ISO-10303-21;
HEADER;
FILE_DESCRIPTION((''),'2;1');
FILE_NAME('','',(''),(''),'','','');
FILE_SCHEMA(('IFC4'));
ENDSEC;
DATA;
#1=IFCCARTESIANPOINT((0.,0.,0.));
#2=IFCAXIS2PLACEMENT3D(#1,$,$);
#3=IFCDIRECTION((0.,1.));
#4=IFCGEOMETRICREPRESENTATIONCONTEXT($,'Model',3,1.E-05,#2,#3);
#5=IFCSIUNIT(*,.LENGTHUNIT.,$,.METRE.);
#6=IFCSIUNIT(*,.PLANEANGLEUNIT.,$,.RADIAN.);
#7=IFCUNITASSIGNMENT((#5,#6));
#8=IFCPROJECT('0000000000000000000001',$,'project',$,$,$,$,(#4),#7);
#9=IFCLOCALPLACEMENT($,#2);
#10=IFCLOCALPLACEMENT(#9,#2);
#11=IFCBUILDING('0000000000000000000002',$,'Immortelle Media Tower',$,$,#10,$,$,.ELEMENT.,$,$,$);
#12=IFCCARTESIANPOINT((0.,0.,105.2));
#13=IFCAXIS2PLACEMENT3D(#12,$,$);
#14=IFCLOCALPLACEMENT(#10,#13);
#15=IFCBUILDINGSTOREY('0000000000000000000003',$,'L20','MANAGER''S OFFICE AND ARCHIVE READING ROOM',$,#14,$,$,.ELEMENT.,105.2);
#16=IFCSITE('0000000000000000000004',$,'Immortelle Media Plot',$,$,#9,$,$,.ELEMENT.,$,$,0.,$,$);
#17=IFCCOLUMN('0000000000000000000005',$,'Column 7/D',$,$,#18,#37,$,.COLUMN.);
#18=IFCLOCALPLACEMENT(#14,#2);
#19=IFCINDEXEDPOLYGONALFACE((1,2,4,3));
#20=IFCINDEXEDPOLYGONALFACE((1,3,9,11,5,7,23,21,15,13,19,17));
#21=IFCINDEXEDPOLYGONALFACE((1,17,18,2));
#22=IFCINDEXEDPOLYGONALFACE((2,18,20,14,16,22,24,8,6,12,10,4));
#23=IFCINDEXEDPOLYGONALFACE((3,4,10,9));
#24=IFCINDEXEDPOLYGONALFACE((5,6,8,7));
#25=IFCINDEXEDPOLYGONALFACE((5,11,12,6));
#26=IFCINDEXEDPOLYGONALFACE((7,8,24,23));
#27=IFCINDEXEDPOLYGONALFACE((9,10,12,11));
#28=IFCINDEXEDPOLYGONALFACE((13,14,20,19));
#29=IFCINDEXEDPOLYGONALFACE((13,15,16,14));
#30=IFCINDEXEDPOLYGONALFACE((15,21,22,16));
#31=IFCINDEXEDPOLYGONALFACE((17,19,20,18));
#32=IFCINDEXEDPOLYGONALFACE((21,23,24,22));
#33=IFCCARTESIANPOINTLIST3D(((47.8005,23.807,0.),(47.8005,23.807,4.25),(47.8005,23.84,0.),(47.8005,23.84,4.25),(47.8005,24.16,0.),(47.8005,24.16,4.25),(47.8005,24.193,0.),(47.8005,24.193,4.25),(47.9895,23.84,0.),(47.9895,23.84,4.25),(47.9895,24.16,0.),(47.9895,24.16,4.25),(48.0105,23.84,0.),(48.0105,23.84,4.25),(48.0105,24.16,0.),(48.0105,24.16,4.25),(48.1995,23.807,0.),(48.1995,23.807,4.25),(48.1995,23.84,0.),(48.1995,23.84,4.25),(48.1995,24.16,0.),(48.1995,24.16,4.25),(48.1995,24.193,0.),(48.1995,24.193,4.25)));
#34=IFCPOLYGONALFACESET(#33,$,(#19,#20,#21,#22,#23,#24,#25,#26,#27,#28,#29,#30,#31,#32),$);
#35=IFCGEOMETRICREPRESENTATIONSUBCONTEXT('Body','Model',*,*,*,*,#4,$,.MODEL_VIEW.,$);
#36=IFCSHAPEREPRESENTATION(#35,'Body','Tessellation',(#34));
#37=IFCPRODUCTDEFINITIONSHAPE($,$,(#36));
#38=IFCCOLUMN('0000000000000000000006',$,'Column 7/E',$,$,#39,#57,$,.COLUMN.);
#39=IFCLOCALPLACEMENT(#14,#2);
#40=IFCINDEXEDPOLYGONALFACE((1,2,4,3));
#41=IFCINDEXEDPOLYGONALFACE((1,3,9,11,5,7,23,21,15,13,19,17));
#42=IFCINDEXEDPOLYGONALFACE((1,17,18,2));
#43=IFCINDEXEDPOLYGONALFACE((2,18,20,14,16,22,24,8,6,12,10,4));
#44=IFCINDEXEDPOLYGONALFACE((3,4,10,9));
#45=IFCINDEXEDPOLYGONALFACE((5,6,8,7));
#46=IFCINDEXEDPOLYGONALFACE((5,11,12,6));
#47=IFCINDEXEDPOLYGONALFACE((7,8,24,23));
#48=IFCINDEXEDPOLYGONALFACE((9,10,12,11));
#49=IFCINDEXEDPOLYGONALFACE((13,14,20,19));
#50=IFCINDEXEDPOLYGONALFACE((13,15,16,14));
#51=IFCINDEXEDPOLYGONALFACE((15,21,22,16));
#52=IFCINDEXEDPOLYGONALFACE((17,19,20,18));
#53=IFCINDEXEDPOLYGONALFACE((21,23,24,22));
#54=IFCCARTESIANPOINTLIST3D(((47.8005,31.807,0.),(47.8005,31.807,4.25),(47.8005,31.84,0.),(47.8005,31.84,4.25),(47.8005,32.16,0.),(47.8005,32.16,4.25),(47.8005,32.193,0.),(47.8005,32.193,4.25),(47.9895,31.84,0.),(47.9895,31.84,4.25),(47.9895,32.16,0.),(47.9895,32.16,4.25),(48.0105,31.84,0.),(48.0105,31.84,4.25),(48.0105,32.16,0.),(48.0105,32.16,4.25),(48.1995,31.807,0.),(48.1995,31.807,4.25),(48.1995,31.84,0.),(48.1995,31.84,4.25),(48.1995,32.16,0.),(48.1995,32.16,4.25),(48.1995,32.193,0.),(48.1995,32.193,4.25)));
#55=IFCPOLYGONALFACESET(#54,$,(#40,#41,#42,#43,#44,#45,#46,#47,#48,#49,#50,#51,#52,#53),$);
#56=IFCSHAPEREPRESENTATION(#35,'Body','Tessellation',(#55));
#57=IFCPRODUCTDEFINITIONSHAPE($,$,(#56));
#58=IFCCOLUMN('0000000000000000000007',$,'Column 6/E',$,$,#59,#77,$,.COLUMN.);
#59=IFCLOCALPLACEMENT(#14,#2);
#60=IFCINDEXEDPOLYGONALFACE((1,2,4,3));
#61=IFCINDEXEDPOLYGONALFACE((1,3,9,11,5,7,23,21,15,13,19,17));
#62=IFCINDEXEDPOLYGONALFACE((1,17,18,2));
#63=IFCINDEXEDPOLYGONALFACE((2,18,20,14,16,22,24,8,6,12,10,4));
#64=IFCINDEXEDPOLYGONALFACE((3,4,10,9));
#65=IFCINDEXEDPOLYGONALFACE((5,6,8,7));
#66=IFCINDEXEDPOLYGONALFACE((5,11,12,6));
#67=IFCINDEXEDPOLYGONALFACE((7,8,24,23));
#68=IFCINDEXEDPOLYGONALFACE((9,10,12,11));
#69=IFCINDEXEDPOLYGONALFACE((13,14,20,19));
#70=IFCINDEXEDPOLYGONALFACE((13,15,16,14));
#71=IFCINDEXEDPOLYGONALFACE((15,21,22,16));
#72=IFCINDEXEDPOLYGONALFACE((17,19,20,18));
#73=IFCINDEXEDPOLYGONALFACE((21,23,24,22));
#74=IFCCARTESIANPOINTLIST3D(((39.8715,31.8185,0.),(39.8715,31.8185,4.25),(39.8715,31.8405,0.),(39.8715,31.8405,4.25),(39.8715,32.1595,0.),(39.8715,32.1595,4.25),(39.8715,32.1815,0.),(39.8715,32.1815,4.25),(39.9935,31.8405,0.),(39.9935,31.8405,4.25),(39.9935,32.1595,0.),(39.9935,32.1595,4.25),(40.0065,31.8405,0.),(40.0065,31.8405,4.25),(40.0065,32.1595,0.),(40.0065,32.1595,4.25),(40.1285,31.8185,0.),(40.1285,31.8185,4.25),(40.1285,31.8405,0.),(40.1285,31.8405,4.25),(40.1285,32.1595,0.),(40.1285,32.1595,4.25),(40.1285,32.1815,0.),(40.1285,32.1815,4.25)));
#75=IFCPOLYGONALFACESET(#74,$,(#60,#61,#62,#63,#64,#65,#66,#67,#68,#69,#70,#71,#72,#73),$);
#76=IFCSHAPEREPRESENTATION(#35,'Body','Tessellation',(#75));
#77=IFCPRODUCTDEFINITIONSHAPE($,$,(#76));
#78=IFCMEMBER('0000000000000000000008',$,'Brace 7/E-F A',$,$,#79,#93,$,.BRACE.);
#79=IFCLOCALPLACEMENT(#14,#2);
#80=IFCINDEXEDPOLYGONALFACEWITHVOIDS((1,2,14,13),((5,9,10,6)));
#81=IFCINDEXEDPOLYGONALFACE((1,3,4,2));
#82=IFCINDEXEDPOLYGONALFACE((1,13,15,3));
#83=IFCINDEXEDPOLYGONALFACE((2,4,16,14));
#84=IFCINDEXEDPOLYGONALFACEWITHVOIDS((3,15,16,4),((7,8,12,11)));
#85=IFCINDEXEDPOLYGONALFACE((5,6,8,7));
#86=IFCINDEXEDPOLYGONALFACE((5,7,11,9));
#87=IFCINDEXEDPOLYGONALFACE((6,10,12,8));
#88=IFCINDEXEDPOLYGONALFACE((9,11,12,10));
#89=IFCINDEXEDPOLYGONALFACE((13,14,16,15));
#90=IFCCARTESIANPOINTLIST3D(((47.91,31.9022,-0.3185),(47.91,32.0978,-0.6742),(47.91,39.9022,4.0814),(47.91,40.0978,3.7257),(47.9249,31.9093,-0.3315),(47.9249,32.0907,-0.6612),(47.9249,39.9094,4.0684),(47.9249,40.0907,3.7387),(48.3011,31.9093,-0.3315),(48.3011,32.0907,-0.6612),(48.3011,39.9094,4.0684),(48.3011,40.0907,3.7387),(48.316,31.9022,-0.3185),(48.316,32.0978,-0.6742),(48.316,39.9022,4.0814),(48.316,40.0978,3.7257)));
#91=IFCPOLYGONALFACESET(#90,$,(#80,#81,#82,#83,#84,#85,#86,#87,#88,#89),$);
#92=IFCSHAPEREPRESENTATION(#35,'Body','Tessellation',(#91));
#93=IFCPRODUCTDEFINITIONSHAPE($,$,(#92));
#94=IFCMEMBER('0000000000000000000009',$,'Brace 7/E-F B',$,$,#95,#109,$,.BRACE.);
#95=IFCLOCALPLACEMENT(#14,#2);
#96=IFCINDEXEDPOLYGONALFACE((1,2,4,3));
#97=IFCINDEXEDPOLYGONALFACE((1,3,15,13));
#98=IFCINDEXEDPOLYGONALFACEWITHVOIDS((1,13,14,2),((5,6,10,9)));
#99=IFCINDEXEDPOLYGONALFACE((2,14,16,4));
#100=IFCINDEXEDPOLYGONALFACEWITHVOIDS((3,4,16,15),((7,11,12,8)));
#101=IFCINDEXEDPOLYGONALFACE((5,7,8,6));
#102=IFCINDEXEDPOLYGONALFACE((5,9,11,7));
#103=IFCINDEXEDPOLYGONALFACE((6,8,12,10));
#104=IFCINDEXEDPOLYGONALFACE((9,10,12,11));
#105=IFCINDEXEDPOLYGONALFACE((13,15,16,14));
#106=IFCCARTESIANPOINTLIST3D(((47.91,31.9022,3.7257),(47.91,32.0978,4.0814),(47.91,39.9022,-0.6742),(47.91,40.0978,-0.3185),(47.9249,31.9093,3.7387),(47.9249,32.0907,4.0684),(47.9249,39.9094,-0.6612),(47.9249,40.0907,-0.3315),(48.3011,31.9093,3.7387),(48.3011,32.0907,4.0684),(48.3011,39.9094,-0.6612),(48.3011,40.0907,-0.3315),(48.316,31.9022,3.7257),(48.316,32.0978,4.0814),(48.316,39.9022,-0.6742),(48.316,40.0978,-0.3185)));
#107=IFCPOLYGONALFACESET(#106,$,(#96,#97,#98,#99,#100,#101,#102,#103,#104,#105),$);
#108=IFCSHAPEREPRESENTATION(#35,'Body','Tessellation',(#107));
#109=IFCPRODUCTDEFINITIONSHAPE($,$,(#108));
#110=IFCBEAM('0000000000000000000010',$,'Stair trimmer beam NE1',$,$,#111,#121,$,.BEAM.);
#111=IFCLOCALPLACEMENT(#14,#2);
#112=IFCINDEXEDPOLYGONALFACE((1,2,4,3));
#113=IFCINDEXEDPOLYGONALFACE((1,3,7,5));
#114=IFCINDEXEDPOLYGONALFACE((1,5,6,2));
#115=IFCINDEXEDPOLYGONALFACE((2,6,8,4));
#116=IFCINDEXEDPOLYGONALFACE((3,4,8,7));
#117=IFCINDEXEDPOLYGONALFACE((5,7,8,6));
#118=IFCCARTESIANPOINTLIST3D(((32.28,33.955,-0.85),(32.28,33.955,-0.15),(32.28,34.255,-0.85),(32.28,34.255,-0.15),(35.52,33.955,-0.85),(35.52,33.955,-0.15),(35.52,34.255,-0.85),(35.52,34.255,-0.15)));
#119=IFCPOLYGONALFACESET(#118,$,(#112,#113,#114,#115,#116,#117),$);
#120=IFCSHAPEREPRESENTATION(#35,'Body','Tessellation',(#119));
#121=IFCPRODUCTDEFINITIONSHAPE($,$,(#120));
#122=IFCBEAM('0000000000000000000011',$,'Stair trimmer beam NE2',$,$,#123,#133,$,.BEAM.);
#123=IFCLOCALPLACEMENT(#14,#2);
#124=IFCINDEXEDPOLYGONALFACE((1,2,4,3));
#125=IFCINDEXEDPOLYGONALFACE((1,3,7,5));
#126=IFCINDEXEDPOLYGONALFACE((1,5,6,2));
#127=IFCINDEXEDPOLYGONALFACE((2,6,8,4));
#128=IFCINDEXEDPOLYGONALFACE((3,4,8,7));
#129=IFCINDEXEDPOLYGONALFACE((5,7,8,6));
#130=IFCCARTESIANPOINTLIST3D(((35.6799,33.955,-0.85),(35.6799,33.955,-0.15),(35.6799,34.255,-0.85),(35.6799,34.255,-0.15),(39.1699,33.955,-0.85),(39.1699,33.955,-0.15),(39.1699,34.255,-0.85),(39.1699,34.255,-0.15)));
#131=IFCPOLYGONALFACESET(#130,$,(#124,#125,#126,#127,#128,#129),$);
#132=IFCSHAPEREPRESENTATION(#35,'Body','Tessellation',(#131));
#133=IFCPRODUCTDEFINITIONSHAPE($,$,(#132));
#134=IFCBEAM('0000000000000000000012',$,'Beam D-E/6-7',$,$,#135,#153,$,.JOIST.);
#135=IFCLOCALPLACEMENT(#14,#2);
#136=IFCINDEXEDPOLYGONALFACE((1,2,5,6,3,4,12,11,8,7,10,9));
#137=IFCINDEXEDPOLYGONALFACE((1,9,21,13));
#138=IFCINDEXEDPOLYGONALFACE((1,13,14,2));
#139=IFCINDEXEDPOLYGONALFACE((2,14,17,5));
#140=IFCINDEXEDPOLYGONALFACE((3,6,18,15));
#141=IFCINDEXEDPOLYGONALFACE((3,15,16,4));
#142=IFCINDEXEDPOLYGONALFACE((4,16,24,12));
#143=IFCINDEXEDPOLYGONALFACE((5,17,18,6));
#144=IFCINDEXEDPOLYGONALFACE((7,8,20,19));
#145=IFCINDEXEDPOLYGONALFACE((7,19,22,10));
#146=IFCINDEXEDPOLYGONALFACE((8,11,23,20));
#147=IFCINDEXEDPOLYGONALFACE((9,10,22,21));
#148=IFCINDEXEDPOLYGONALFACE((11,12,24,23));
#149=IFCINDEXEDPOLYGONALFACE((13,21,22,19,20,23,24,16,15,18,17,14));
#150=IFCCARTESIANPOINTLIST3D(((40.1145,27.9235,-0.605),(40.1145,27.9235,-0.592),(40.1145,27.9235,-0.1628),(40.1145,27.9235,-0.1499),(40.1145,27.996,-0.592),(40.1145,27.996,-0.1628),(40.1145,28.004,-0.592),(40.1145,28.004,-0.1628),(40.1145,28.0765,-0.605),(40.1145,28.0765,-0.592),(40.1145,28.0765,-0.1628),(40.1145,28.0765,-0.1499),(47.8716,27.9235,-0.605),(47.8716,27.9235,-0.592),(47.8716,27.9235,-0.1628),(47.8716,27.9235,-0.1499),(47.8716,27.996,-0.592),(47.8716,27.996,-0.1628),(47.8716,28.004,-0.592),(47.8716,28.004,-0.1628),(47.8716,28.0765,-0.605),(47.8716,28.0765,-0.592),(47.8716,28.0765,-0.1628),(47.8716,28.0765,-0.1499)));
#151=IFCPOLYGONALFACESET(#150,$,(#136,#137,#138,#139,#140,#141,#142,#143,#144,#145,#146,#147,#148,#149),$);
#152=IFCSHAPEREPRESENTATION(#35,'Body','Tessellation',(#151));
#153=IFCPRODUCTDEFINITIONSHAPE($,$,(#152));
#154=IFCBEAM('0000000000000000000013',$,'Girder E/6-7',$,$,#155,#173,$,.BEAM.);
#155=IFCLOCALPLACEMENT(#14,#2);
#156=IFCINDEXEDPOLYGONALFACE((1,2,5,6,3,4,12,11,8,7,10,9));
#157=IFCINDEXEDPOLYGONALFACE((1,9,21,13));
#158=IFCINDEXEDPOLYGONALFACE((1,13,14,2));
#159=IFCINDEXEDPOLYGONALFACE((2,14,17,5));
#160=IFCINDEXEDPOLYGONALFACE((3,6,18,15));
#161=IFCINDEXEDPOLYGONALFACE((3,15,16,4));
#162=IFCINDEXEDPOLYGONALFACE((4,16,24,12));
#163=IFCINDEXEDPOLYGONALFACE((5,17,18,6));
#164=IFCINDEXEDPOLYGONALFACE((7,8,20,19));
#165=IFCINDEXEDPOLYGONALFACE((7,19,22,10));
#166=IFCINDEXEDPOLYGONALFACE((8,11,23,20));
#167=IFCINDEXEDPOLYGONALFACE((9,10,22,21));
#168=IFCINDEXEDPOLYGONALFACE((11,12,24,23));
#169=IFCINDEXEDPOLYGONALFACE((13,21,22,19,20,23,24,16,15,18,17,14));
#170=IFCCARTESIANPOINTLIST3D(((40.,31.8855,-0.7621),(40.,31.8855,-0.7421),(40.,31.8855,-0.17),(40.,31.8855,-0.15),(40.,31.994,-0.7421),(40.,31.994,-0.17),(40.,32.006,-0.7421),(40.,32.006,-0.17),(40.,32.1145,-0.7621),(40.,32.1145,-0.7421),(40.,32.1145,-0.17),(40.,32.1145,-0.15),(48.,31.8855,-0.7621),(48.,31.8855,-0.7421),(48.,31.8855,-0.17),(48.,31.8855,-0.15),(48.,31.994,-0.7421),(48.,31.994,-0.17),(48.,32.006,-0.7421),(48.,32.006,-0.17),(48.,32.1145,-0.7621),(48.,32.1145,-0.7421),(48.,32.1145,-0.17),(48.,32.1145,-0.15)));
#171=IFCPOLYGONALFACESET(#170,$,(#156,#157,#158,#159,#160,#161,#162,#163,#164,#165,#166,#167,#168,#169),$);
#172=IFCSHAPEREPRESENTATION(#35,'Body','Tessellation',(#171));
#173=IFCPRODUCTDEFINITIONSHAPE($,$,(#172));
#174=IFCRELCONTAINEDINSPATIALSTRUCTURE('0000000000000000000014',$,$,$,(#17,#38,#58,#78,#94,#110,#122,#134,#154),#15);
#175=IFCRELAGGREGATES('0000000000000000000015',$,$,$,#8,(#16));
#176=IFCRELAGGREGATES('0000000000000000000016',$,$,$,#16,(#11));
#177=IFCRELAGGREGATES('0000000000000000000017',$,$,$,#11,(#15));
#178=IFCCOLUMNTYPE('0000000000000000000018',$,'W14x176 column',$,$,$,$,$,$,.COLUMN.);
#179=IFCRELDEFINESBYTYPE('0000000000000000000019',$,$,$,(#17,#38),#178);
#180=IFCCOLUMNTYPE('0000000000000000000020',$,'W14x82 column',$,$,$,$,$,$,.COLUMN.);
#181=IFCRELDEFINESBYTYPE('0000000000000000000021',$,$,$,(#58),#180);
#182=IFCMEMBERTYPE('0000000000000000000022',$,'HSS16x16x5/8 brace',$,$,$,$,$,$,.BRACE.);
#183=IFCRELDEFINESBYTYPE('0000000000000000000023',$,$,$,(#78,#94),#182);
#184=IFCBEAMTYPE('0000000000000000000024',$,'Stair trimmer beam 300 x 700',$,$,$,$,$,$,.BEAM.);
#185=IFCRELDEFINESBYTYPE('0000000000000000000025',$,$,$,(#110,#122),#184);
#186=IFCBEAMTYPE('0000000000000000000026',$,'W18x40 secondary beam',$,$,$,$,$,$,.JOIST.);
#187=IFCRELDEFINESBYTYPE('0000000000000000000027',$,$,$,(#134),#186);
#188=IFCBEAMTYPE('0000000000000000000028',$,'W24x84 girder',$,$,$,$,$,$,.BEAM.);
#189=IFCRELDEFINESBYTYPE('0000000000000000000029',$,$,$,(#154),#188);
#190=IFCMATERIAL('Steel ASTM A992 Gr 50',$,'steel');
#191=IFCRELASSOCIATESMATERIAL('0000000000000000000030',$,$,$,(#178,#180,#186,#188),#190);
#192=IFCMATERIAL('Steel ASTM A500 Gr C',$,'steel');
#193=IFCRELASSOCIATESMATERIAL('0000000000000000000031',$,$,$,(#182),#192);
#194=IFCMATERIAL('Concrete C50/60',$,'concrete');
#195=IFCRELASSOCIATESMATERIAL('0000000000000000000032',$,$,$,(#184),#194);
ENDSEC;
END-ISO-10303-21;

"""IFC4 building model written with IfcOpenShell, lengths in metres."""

from ifc_helpers import new_model, si_unit, direction, frame, origin, origin_2d, place, context, subcontext, project, spatial, rectangle, hollow_rectangle, i_section, extrude, material, material_profile, profile_set, type_object, element, save


model = new_model("IFC4")

# Units and contexts
model_context = context("Model", 3, precision=1e-05, world=origin(), true_north=direction((0.0, 1.0)))
body_context = subcontext(model_context, "Body", "Model", "MODEL_VIEW")
ifc_project = project(units=[si_unit("LENGTHUNIT", "METRE"), si_unit("PLANEANGLEUNIT", "RADIAN")], contexts=[model_context])

# Site, building, storey
site_placement = place(None, origin())
site = spatial("IfcSite", under=ifc_project, at=site_placement, Name="Immortelle Media Plot", CompositionType="ELEMENT", RefElevation=0.0)
building_placement = place(site_placement, origin())
building = spatial("IfcBuilding", under=site, at=building_placement, Name="Immortelle Media Tower", CompositionType="ELEMENT")
storey_placement = place(building_placement, frame((0.0, 0.0, 105.2)))
storey = spatial("IfcBuildingStorey", under=building, at=storey_placement, Name="L20", Description="MANAGER'S OFFICE AND ARCHIVE READING ROOM", CompositionType="ELEMENT", Elevation=105.2)

# Columns
ifc_material_1 = material(Name="Steel ASTM A992 Gr 50", Category="steel")
ifc_material_profile_1 = material_profile(ifc_material_1, i_section(OverallWidth=0.3989, OverallDepth=0.386, WebThickness=0.021, FlangeThickness=0.033, at=origin_2d()), Name="W14x176")
ifc_profile_set_1 = profile_set([ifc_material_profile_1], Name="Steel ASTM A992 Gr 50")
column_type_1 = type_object("IfcColumnType", Name="W14x176 column", PredefinedType="COLUMN", material=ifc_profile_set_1)
for number, where, z_axis, x_axis, name in (
    (1, (48.0, 24.0, 0.0), (0.0, 0.0, 1.0), (1.0, 0.0, 0.0), "Column 7/D"),
    (2, (48.0, 32.0, 0.0), (0.0, 0.0, 1.0), (1.0, 0.0, 0.0), "Column 7/E"),
):
    element("IfcColumn", number, at=place(storey_placement, frame(where, z_axis=z_axis, x_axis=x_axis)), inside=storey, type_object=column_type_1, Name=name, PredefinedType="COLUMN", context=body_context, shape_type="SweptSolid", body=[
        extrude(i_section(OverallWidth=0.3989, OverallDepth=0.386, WebThickness=0.021, FlangeThickness=0.033, at=origin_2d()), origin(), (0.0, 0.0, 1.0), 4.25),
    ])
ifc_material_profile_2 = material_profile(ifc_material_1, i_section(OverallWidth=0.2571, OverallDepth=0.363, WebThickness=0.0129, FlangeThickness=0.022, at=origin_2d()), Name="W14x82")
ifc_profile_set_2 = profile_set([ifc_material_profile_2], Name="Steel ASTM A992 Gr 50")
column_type_2 = type_object("IfcColumnType", Name="W14x82 column", PredefinedType="COLUMN", material=ifc_profile_set_2)
column_placement = place(storey_placement, frame((40.0, 32.0, 0.0), z_axis=(0.0, 0.0, 1.0), x_axis=(1.0, 0.0, 0.0)))
element("IfcColumn", 3, at=column_placement, inside=storey, type_object=column_type_2, Name="Column 6/E", PredefinedType="COLUMN", context=body_context, shape_type="SweptSolid", body=[
    extrude(i_section(OverallWidth=0.2571, OverallDepth=0.363, WebThickness=0.0129, FlangeThickness=0.022, at=origin_2d()), origin(), (0.0, 0.0, 1.0), 4.25),
])

# Members
ifc_material_2 = material(Name="Steel ASTM A500 Gr C", Category="steel")
ifc_material_profile_3 = material_profile(ifc_material_2, hollow_rectangle(XDim=0.406, YDim=0.406, WallThickness=0.0149, at=origin_2d()), Name="HSS16x16x5/8 brace")
ifc_profile_set_3 = profile_set([ifc_material_profile_3], Name="Steel ASTM A500 Gr C")
member_type = type_object("IfcMemberType", Name="HSS16x16x5/8 brace", PredefinedType="BRACE", material=ifc_profile_set_3)
for number, where, z_axis, x_axis, name in (
    (4, (48.113, 32.0, -0.4963), (0.0, 0.87622, 0.481911), (-1.0, 0.0, 0.0), "Brace 7/E-F A"),
    (5, (48.113, 32.0, 3.9036), (0.0, 0.87622, -0.481911), (-1.0, 0.0, 0.0), "Brace 7/E-F B"),
):
    element("IfcMember", number, at=place(storey_placement, frame(where, z_axis=z_axis, x_axis=x_axis)), inside=storey, type_object=member_type, Name=name, PredefinedType="BRACE", context=body_context, shape_type="SweptSolid", body=[
        extrude(hollow_rectangle(XDim=0.406, YDim=0.406, WallThickness=0.0149, at=origin_2d()), origin(), (0.0, 0.0, 1.0), 9.1301),
    ])

# Beams
ifc_material_3 = material(Name="Concrete C50/60", Category="concrete")
ifc_material_profile_4 = material_profile(ifc_material_3, rectangle(XDim=0.3, YDim=0.7, at=origin_2d()), Name="RC 300x700")
ifc_profile_set_4 = profile_set([ifc_material_profile_4], Name="Concrete C50/60")
beam_type_1 = type_object("IfcBeamType", Name="Stair trimmer beam 300 x 700", PredefinedType="BEAM", material=ifc_profile_set_4)
beam_1_placement = place(storey_placement, frame((32.28, 34.105, -0.5), z_axis=(1.0, 0.0, 0.0), x_axis=(0.0, 1.0, 0.0)))
element("IfcBeam", 6, at=beam_1_placement, inside=storey, type_object=beam_type_1, Name="Stair trimmer beam NE1", PredefinedType="BEAM", context=body_context, shape_type="SweptSolid", body=[
    extrude(rectangle(XDim=0.3, YDim=0.7, at=origin_2d()), origin(), (0.0, 0.0, 1.0), 3.24),
])
beam_2_placement = place(storey_placement, frame((35.6799, 34.105, -0.5), z_axis=(1.0, 0.0, 0.0), x_axis=(0.0, 1.0, 0.0)))
element("IfcBeam", 7, at=beam_2_placement, inside=storey, type_object=beam_type_1, Name="Stair trimmer beam NE2", PredefinedType="BEAM", context=body_context, shape_type="SweptSolid", body=[
    extrude(rectangle(XDim=0.3, YDim=0.7, at=origin_2d()), origin(), (0.0, 0.0, 1.0), 3.49),
])
ifc_material_profile_5 = material_profile(ifc_material_1, i_section(OverallWidth=0.1531, OverallDepth=0.4551, WebThickness=0.0081, FlangeThickness=0.0129, at=origin_2d()), Name="W18x40")
ifc_profile_set_5 = profile_set([ifc_material_profile_5], Name="Steel ASTM A992 Gr 50")
beam_type_2 = type_object("IfcBeamType", Name="W18x40 secondary beam", PredefinedType="JOIST", material=ifc_profile_set_5)
beam_3_placement = place(storey_placement, frame((40.1145, 28.0, -0.3774), z_axis=(1.0, 0.0, 0.0), x_axis=(0.0, 1.0, 0.0)))
element("IfcBeam", 8, at=beam_3_placement, inside=storey, type_object=beam_type_2, Name="Beam D-E/6-7", PredefinedType="JOIST", context=body_context, shape_type="SweptSolid", body=[
    extrude(i_section(OverallWidth=0.1531, OverallDepth=0.4551, WebThickness=0.0081, FlangeThickness=0.0129, at=origin_2d()), origin(), (0.0, 0.0, 1.0), 7.7571),
])
ifc_material_profile_6 = material_profile(ifc_material_1, i_section(OverallWidth=0.229, OverallDepth=0.6121, WebThickness=0.012, FlangeThickness=0.02, at=origin_2d()), Name="W24x84")
ifc_profile_set_6 = profile_set([ifc_material_profile_6], Name="Steel ASTM A992 Gr 50")
beam_type_3 = type_object("IfcBeamType", Name="W24x84 girder", PredefinedType="BEAM", material=ifc_profile_set_6)
for number, where, z_axis, x_axis, name in (
    (9, (40.0, 32.0, -0.4561), (1.0, 0.0, 0.0), (0.0, 1.0, 0.0), "Girder E/6-7"),
):
    element("IfcBeam", number, at=place(storey_placement, frame(where, z_axis=z_axis, x_axis=x_axis)), inside=storey, type_object=beam_type_3, Name=name, PredefinedType="BEAM", context=body_context, shape_type="SweptSolid", body=[
        extrude(i_section(OverallWidth=0.229, OverallDepth=0.6121, WebThickness=0.012, FlangeThickness=0.02, at=origin_2d()), origin(), (0.0, 0.0, 1.0), 8.0),
    ])

save(model, "model.ifc")
